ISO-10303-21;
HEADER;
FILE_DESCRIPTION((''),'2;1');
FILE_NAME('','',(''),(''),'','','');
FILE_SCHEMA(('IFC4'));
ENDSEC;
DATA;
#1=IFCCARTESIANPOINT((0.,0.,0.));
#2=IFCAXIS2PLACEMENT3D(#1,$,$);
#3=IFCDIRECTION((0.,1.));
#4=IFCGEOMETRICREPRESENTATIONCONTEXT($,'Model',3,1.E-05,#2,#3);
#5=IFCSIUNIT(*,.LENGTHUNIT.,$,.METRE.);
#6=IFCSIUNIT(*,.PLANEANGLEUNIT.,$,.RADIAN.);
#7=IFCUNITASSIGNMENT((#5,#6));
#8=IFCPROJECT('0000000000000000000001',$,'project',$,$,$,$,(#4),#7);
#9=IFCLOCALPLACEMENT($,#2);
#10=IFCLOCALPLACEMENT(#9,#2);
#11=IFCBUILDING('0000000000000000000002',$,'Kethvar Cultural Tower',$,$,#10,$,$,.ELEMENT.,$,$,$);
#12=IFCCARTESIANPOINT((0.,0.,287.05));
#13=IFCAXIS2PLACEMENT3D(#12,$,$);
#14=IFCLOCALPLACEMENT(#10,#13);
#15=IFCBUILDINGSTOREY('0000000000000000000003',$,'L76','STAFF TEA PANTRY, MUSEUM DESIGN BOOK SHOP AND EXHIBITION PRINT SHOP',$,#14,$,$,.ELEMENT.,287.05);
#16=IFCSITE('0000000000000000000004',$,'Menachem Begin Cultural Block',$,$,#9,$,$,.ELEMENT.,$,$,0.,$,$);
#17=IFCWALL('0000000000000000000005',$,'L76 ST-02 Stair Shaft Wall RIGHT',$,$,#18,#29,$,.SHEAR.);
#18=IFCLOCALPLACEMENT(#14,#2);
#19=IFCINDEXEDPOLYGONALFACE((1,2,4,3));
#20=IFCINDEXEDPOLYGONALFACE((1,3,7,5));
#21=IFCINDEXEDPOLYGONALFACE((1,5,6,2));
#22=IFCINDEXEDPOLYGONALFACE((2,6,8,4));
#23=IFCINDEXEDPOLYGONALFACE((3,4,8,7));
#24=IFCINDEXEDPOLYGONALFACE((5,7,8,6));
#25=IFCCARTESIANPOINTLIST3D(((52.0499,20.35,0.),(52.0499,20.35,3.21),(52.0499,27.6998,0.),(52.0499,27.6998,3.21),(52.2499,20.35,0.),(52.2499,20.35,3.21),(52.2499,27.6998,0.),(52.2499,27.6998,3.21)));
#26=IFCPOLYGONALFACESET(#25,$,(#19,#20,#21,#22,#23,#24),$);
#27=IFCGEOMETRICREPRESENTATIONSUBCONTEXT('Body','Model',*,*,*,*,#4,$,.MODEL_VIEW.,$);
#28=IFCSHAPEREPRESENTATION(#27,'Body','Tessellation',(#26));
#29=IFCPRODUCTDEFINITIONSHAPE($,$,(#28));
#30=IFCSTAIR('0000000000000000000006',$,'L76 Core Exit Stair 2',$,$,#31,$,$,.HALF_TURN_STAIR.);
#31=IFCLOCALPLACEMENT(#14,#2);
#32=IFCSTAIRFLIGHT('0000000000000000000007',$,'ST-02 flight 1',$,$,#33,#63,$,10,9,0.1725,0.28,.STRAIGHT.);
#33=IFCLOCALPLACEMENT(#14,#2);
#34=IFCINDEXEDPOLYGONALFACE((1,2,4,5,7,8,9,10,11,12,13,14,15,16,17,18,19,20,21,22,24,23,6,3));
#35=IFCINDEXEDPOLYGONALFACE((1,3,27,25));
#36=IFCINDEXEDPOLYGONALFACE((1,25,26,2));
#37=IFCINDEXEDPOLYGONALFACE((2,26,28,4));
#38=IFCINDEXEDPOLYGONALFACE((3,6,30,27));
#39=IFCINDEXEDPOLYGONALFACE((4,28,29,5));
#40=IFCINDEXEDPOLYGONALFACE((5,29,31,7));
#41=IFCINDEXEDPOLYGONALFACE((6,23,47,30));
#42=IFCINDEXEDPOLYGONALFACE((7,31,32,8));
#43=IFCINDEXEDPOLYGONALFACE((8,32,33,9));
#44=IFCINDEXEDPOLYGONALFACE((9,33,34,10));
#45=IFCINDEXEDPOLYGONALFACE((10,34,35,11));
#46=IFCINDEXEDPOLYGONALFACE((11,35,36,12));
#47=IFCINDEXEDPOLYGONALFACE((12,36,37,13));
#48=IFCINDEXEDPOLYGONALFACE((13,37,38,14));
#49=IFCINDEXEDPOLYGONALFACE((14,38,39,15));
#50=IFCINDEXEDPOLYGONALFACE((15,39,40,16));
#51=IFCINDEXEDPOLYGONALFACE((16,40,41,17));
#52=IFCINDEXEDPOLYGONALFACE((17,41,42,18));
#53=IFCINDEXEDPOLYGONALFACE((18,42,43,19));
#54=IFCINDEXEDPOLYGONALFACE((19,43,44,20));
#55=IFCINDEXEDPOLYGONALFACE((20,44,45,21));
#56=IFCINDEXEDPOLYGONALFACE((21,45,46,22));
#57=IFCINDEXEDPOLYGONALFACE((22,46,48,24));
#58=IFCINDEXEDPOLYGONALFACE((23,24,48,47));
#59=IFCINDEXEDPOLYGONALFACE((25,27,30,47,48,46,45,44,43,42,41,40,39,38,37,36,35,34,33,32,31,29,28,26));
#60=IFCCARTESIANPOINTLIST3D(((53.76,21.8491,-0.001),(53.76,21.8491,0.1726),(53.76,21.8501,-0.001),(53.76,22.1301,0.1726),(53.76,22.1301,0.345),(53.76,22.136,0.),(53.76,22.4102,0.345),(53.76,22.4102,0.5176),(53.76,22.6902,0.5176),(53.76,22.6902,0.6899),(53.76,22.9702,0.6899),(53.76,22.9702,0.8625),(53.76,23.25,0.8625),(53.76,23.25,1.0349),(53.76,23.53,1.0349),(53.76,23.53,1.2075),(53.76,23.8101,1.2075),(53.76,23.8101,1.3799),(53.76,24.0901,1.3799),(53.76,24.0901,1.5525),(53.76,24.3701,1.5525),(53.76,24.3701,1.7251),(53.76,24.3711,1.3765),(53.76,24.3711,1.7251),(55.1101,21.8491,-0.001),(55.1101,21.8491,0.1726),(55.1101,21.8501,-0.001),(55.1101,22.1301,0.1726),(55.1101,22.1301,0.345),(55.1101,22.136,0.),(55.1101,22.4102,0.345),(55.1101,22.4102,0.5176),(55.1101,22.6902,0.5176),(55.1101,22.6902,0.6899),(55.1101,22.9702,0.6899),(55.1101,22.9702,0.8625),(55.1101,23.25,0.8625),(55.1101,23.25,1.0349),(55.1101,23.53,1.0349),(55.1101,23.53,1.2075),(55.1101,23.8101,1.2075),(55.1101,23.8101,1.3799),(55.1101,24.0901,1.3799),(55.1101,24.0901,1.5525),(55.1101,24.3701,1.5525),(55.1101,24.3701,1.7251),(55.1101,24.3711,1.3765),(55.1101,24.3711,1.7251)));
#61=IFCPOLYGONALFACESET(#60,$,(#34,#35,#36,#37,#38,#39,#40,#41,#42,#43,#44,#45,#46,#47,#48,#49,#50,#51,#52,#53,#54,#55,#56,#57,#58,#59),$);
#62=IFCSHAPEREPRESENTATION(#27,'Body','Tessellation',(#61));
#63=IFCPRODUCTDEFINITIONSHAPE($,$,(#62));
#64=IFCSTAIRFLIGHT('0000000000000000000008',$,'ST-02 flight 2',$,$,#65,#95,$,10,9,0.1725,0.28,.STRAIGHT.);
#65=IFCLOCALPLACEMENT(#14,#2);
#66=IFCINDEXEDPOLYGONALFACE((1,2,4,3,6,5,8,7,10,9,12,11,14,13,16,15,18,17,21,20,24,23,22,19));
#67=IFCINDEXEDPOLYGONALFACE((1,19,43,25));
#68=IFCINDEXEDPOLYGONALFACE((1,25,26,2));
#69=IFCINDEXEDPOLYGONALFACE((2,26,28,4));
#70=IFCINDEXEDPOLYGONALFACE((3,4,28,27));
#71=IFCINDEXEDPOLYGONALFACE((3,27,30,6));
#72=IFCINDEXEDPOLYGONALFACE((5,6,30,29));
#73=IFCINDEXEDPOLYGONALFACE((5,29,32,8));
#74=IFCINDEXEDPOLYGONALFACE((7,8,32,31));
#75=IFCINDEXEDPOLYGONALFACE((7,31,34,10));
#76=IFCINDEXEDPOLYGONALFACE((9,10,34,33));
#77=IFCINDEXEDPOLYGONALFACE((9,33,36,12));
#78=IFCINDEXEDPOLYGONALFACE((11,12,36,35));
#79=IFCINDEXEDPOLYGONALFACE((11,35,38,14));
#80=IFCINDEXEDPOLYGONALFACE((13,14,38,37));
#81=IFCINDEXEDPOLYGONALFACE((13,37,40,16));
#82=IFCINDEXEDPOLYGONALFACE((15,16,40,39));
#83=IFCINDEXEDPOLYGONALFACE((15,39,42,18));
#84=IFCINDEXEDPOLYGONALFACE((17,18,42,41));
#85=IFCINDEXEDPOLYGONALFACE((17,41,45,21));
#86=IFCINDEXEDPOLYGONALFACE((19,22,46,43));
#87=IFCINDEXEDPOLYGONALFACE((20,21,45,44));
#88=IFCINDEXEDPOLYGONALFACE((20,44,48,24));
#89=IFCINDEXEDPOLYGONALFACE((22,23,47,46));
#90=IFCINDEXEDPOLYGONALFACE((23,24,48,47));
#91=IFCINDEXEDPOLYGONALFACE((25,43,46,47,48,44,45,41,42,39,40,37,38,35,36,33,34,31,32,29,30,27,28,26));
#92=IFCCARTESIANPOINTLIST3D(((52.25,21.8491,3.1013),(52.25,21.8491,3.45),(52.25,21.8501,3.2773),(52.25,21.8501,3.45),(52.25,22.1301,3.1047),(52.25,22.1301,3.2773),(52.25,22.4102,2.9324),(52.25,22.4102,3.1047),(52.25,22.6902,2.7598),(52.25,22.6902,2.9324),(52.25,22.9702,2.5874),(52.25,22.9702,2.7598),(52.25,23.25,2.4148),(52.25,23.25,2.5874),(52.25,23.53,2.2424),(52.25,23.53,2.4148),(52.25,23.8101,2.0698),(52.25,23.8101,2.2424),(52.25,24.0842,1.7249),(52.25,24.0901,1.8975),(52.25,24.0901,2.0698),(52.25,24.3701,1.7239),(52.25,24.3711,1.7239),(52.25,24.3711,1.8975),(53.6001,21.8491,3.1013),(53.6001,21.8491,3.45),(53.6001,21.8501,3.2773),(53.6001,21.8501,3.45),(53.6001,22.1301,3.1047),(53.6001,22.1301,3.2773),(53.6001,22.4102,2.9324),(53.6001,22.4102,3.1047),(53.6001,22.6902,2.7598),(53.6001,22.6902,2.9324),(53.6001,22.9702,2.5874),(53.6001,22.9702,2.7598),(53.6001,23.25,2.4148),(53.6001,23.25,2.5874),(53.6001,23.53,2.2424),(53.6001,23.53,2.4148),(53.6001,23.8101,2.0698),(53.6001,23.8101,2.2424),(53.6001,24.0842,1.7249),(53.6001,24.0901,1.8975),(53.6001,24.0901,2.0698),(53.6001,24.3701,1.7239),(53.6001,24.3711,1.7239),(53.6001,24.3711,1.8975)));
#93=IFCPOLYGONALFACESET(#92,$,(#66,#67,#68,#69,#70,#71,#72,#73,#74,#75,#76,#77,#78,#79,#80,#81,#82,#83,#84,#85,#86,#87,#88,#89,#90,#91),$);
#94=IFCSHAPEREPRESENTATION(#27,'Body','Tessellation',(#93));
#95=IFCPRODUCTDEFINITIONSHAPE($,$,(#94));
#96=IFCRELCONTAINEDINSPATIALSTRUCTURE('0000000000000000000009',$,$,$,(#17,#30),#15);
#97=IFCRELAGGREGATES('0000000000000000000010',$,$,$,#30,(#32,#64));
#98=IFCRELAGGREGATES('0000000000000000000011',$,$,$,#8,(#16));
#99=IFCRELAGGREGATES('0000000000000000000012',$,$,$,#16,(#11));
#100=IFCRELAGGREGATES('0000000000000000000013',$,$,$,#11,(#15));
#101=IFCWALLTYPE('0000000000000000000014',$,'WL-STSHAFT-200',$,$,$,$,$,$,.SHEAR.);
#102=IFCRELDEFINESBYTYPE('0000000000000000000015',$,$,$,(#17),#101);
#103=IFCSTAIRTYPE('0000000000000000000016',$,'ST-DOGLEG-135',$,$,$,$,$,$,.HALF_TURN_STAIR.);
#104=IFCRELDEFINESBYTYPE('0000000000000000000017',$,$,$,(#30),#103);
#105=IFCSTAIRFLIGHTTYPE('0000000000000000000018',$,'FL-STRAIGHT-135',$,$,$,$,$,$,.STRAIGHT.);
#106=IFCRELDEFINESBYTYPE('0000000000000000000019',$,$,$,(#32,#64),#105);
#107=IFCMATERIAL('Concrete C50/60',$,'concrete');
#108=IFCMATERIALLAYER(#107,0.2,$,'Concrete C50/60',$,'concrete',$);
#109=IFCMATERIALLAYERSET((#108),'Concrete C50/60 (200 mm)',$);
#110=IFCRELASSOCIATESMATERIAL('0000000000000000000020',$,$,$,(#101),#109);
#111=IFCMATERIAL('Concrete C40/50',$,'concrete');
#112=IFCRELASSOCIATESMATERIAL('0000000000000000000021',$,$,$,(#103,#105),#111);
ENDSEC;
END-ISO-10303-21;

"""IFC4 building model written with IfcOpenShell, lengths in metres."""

from ifc_helpers import new_model, si_unit, direction, frame, frame_2d, origin, place, context, subcontext, project, spatial, polyline, rectangle, outline, extrude, material, layer, layer_set, type_object, element, aggregate, save


model = new_model("IFC4")

# Units and contexts
model_context = context("Model", 3, precision=1e-05, world=origin(), true_north=direction((0.0, 1.0)))
body_context = subcontext(model_context, "Body", "Model", "MODEL_VIEW")
ifc_project = project(units=[si_unit("LENGTHUNIT", "METRE"), si_unit("PLANEANGLEUNIT", "RADIAN")], contexts=[model_context])

# Site, building, storey
site_placement = place(None, origin())
site = spatial("IfcSite", under=ifc_project, at=site_placement, Name="Menachem Begin Cultural Block", CompositionType="ELEMENT", RefElevation=0.0)
building_placement = place(site_placement, origin())
building = spatial("IfcBuilding", under=site, at=building_placement, Name="Kethvar Cultural Tower", CompositionType="ELEMENT")
storey_placement = place(building_placement, frame((0.0, 0.0, 287.05)))
storey = spatial("IfcBuildingStorey", under=building, at=storey_placement, Name="L76", Description="STAFF TEA PANTRY, MUSEUM DESIGN BOOK SHOP AND EXHIBITION PRINT SHOP", CompositionType="ELEMENT", Elevation=287.05)

# Shared definitions
ifc_material_1 = material(Name="Concrete C50/60", Category="concrete")

# Wall
ifc_layer_1 = layer(ifc_material_1, 0.2, Name="Concrete C50/60", Category="concrete")
ifc_layer_set_1 = layer_set([ifc_layer_1], Name="Concrete C50/60 (200 mm)")
wall_type_1 = type_object("IfcWallType", Name="WL-STSHAFT-200", PredefinedType="SHEAR", material=ifc_layer_set_1)
for number, where, z_axis, x_axis, name in (
    (1, (52.1499, 20.3501, 0.0), (0.0, 0.0, 1.0), (0.0, 1.0, 0.0), "L76 ST-02 Stair Shaft Wall RIGHT"),
):
    element("IfcWall", number, at=place(storey_placement, frame(where, z_axis=z_axis, x_axis=x_axis)), inside=storey, type_object=wall_type_1, Name=name, PredefinedType="SHEAR", context=body_context, shape_type="SweptSolid", body=[
        extrude(rectangle(XDim=7.3499, YDim=0.2, at=frame_2d((3.6748, 0.0))), origin(), (0.0, 0.0, 1.0), 3.21),
    ])

# Stair, stair flights
ifc_material_2 = material(Name="Concrete C40/50", Category="concrete")
stair_type = type_object("IfcStairType", Name="ST-DOGLEG-135", PredefinedType="HALF_TURN_STAIR", material=ifc_material_2)
stair_placement = place(storey_placement, origin())
stair = element("IfcStair", 2, at=stair_placement, inside=storey, type_object=stair_type, Name="L76 Core Exit Stair 2", PredefinedType="HALF_TURN_STAIR")
stair_flight_type = type_object("IfcStairFlightType", Name="FL-STRAIGHT-135", PredefinedType="STRAIGHT", material=ifc_material_2)
stair_flight_1_placement = place(storey_placement, frame((54.4351, 21.8501, 0.0), z_axis=(0.0, 0.0, 1.0), x_axis=(0.0, 1.0, 0.0)))
stair_flight_1 = element("IfcStairFlight", 3, at=stair_flight_1_placement, type_object=stair_flight_type, Name="ST-02 flight 1", NumberOfRisers=10, NumberOfTreads=9, PredefinedType="STRAIGHT", RiserHeight=0.1725, TreadLength=0.28, context=body_context, shape_type="SweptSolid", body=[
    extrude(outline(polyline([(-0.001, -0.001), (-0.001, 0.1726), (0.28, 0.1726), (0.28, 0.345), (0.5601, 0.345), (0.5601, 0.5176), (0.8401, 0.5176), (0.8401, 0.6899), (1.1201, 0.6899), (1.1201, 0.8625), (1.3999, 0.8625), (1.3999, 1.0349), (1.6799, 1.0349), (1.6799, 1.2075), (1.96, 1.2075), (1.96, 1.3799), (2.24, 1.3799), (2.24, 1.5525), (2.52, 1.5525), (2.52, 1.7251), (2.521, 1.7251), (2.521, 1.3765), (0.2859, 0.0), (0.0, -0.001), (-0.001, -0.001)])), frame((0.0, 0.675, 0.0), z_axis=(0.0, -1.0, 0.0), x_axis=(1.0, 0.0, 0.0)), (0.0, 0.0, 1.0), 1.3501),
])
stair_flight_2_placement = place(storey_placement, frame((52.925, 24.3701, 1.7249), z_axis=(0.0, 0.0, 1.0), x_axis=(0.0, -1.0, 0.0)))
stair_flight_2 = element("IfcStairFlight", 4, at=stair_flight_2_placement, type_object=stair_flight_type, Name="ST-02 flight 2", NumberOfRisers=10, NumberOfTreads=9, PredefinedType="STRAIGHT", RiserHeight=0.1725, TreadLength=0.28, context=body_context, shape_type="SweptSolid", body=[
    extrude(outline(polyline([(-0.001, -0.001), (-0.001, 0.1726), (0.28, 0.1726), (0.28, 0.345), (0.5601, 0.345), (0.5601, 0.5176), (0.8401, 0.5176), (0.8401, 0.6899), (1.1201, 0.6899), (1.1201, 0.8625), (1.3999, 0.8625), (1.3999, 1.0349), (1.6799, 1.0349), (1.6799, 1.2075), (1.96, 1.2075), (1.96, 1.3799), (2.24, 1.3799), (2.24, 1.5525), (2.52, 1.5525), (2.52, 1.7251), (2.521, 1.7251), (2.521, 1.3765), (0.2859, 0.0), (0.0, -0.001), (-0.001, -0.001)])), frame((0.0, 0.675, 0.0), z_axis=(0.0, -1.0, 0.0), x_axis=(1.0, 0.0, 0.0)), (0.0, 0.0, 1.0), 1.3501),
])
aggregate(stair, [stair_flight_1, stair_flight_2])

save(model, "model.ifc")
